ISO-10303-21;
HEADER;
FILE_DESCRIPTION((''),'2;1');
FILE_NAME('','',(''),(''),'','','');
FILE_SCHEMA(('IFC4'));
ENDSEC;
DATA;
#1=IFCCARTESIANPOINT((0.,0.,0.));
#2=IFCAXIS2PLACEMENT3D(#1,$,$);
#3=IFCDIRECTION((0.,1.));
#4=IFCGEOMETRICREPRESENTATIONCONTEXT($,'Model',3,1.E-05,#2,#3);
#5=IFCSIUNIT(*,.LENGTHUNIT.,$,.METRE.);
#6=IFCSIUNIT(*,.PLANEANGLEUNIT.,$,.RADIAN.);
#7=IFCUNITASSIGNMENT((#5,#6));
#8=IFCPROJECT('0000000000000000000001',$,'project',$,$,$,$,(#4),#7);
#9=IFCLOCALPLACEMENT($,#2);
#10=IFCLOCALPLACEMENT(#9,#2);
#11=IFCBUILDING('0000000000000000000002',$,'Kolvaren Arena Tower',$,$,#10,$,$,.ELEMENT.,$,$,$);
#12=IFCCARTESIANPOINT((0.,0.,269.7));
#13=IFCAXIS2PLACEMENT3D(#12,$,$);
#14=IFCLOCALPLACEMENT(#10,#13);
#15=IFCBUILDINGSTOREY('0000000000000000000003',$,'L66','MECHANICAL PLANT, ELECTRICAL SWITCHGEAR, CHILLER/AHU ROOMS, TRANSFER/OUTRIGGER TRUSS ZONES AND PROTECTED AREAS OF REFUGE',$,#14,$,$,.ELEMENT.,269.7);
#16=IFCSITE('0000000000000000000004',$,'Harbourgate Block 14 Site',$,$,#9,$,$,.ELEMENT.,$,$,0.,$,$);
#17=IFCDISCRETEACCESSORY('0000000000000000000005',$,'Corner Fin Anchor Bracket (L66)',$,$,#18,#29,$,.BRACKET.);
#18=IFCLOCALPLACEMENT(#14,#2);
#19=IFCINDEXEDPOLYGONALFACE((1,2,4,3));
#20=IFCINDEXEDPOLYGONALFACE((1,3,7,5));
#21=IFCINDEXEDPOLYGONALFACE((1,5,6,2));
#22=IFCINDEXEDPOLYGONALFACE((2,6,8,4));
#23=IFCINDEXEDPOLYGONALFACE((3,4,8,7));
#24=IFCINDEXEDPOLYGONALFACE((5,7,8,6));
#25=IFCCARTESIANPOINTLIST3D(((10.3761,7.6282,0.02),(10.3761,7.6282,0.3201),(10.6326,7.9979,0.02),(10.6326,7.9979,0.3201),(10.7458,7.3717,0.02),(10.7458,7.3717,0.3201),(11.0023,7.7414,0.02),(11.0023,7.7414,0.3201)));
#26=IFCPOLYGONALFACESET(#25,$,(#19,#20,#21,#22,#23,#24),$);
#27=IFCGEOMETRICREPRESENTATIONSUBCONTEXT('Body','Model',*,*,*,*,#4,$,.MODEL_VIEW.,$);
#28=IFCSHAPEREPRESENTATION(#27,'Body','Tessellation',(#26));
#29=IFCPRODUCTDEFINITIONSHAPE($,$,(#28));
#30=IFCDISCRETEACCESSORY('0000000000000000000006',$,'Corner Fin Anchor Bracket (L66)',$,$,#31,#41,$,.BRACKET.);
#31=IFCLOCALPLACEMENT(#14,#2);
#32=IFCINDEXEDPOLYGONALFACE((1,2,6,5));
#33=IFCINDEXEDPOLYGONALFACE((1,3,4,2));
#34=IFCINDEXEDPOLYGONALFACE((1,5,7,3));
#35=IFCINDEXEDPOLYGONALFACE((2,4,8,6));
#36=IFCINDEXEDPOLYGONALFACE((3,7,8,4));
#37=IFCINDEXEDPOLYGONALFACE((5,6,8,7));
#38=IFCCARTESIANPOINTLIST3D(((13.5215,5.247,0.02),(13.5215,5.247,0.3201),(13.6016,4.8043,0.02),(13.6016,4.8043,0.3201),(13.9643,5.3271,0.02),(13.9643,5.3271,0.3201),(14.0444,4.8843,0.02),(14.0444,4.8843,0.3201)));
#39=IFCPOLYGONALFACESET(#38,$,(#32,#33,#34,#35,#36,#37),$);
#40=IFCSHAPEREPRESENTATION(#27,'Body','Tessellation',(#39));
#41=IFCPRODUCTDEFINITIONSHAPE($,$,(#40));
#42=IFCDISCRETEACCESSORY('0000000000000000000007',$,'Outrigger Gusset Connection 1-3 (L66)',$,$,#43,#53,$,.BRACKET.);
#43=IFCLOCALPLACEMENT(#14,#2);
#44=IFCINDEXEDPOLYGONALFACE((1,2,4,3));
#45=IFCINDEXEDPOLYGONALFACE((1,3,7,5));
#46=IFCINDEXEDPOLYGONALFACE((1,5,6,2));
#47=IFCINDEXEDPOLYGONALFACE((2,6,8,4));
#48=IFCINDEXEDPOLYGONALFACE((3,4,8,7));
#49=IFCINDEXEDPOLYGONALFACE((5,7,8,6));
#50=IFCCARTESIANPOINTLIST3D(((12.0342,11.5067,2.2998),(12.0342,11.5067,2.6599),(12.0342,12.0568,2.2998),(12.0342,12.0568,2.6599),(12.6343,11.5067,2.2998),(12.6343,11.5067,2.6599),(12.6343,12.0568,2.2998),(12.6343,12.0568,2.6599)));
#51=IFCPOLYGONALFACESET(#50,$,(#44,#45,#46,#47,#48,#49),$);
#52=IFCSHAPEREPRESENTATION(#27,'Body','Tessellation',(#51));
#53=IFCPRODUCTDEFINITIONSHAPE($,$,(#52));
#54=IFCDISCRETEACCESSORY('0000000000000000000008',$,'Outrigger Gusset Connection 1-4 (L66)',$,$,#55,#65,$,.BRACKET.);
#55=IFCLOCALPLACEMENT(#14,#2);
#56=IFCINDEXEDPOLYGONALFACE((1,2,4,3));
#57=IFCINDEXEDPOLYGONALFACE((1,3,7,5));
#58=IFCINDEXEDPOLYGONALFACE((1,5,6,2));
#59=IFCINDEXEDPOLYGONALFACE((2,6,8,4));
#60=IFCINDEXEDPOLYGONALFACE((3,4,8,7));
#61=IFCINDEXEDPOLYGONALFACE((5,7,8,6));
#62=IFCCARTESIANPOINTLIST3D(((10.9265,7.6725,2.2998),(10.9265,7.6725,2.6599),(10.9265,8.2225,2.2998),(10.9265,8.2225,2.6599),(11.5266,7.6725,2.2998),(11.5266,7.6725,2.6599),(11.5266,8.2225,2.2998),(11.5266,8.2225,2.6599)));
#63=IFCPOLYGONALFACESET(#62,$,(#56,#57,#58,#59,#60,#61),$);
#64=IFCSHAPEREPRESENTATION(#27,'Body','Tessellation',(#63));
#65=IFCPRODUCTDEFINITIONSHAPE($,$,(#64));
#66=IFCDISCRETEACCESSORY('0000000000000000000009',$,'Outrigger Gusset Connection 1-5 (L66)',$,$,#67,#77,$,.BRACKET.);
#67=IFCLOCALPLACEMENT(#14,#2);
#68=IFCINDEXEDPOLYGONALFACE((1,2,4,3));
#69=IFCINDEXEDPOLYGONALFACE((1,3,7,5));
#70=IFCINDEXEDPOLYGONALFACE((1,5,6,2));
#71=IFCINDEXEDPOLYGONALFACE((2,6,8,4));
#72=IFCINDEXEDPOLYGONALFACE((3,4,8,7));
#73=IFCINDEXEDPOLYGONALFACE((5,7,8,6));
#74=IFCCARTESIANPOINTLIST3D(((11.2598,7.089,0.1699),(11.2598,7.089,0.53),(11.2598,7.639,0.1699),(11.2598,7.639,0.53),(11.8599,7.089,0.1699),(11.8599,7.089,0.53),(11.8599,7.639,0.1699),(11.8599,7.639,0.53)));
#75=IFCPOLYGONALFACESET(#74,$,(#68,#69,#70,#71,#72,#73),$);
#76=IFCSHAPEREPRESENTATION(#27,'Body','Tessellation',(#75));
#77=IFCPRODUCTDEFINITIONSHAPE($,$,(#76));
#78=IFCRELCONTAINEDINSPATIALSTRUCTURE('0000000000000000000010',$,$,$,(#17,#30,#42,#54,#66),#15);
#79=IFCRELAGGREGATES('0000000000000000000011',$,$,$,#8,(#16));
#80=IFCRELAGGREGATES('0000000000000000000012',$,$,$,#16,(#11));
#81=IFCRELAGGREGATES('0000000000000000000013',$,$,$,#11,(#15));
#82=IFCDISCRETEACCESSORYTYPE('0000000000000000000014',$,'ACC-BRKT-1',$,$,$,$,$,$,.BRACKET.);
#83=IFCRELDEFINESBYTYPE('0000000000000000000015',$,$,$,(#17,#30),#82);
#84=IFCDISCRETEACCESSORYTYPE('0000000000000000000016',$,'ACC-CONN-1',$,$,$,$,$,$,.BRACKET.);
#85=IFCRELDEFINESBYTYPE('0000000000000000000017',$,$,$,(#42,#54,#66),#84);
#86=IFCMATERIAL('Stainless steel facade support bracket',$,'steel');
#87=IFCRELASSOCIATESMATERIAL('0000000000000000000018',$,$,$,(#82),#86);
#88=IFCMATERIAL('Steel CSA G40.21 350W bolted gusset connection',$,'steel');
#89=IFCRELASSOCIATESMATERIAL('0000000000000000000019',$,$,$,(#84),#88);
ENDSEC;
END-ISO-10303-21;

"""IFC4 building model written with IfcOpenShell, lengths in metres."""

from ifc_helpers import new_model, si_unit, direction, frame, origin, origin_2d, place, context, subcontext, project, spatial, rectangle, extrude, material, type_object, element, save


model = new_model("IFC4")

# Units and contexts
model_context = context("Model", 3, precision=1e-05, world=origin(), true_north=direction((0.0, 1.0)))
body_context = subcontext(model_context, "Body", "Model", "MODEL_VIEW")
ifc_project = project(units=[si_unit("LENGTHUNIT", "METRE"), si_unit("PLANEANGLEUNIT", "RADIAN")], contexts=[model_context])

# Site, building, storey
site_placement = place(None, origin())
site = spatial("IfcSite", under=ifc_project, at=site_placement, Name="Harbourgate Block 14 Site", CompositionType="ELEMENT", RefElevation=0.0)
building_placement = place(site_placement, origin())
building = spatial("IfcBuilding", under=site, at=building_placement, Name="Kolvaren Arena Tower", CompositionType="ELEMENT")
storey_placement = place(building_placement, frame((0.0, 0.0, 269.7)))
storey = spatial("IfcBuildingStorey", under=building, at=storey_placement, Name="L66", Description="MECHANICAL PLANT, ELECTRICAL SWITCHGEAR, CHILLER/AHU ROOMS, TRANSFER/OUTRIGGER TRUSS ZONES AND PROTECTED AREAS OF REFUGE", CompositionType="ELEMENT", Elevation=269.7)

# Discrete accessories
ifc_material_1 = material(Name="Stainless steel facade support bracket", Category="steel")
discrete_accessory_type_1 = type_object("IfcDiscreteAccessoryType", Name="ACC-BRKT-1", PredefinedType="BRACKET", material=ifc_material_1)
for number, where, z_axis, x_axis, name in (
    (1, (10.6892, 7.6848, 0.02), (0.0, 0.0, 1.0), (-0.569965, -0.821669, 0.0), "Corner Fin Anchor Bracket (L66)"),
    (2, (13.783, 5.0657, 0.02), (0.0, 0.0, 1.0), (0.177966, -0.984037, 0.0), "Corner Fin Anchor Bracket (L66)"),
):
    element("IfcDiscreteAccessory", number, at=place(storey_placement, frame(where, z_axis=z_axis, x_axis=x_axis)), inside=storey, type_object=discrete_accessory_type_1, Name=name, PredefinedType="BRACKET", context=body_context, shape_type="SweptSolid", body=[
        extrude(rectangle(XDim=0.45, YDim=0.45, at=origin_2d()), origin(), (0.0, 0.0, 1.0), 0.3),
    ])
ifc_material_2 = material(Name="Steel CSA G40.21 350W bolted gusset connection", Category="steel")
discrete_accessory_type_2 = type_object("IfcDiscreteAccessoryType", Name="ACC-CONN-1", PredefinedType="BRACKET", material=ifc_material_2)
for number, where, z_axis, x_axis, name in (
    (3, (12.3342, 11.7817, 2.2998), (0.0, 0.0, 1.0), (1.0, 0.0, 0.0), "Outrigger Gusset Connection 1-3 (L66)"),
    (4, (11.2266, 7.9475, 2.2998), (0.0, 0.0, 1.0), (1.0, 0.0, 0.0), "Outrigger Gusset Connection 1-4 (L66)"),
    (5, (11.5598, 7.364, 0.1699), (0.0, 0.0, 1.0), (1.0, 0.0, 0.0), "Outrigger Gusset Connection 1-5 (L66)"),
):
    element("IfcDiscreteAccessory", number, at=place(storey_placement, frame(where, z_axis=z_axis, x_axis=x_axis)), inside=storey, type_object=discrete_accessory_type_2, Name=name, PredefinedType="BRACKET", context=body_context, shape_type="SweptSolid", body=[
        extrude(rectangle(XDim=0.6001, YDim=0.55, at=origin_2d()), origin(), (0.0, 0.0, 1.0), 0.3601),
    ])

save(model, "model.ifc")
